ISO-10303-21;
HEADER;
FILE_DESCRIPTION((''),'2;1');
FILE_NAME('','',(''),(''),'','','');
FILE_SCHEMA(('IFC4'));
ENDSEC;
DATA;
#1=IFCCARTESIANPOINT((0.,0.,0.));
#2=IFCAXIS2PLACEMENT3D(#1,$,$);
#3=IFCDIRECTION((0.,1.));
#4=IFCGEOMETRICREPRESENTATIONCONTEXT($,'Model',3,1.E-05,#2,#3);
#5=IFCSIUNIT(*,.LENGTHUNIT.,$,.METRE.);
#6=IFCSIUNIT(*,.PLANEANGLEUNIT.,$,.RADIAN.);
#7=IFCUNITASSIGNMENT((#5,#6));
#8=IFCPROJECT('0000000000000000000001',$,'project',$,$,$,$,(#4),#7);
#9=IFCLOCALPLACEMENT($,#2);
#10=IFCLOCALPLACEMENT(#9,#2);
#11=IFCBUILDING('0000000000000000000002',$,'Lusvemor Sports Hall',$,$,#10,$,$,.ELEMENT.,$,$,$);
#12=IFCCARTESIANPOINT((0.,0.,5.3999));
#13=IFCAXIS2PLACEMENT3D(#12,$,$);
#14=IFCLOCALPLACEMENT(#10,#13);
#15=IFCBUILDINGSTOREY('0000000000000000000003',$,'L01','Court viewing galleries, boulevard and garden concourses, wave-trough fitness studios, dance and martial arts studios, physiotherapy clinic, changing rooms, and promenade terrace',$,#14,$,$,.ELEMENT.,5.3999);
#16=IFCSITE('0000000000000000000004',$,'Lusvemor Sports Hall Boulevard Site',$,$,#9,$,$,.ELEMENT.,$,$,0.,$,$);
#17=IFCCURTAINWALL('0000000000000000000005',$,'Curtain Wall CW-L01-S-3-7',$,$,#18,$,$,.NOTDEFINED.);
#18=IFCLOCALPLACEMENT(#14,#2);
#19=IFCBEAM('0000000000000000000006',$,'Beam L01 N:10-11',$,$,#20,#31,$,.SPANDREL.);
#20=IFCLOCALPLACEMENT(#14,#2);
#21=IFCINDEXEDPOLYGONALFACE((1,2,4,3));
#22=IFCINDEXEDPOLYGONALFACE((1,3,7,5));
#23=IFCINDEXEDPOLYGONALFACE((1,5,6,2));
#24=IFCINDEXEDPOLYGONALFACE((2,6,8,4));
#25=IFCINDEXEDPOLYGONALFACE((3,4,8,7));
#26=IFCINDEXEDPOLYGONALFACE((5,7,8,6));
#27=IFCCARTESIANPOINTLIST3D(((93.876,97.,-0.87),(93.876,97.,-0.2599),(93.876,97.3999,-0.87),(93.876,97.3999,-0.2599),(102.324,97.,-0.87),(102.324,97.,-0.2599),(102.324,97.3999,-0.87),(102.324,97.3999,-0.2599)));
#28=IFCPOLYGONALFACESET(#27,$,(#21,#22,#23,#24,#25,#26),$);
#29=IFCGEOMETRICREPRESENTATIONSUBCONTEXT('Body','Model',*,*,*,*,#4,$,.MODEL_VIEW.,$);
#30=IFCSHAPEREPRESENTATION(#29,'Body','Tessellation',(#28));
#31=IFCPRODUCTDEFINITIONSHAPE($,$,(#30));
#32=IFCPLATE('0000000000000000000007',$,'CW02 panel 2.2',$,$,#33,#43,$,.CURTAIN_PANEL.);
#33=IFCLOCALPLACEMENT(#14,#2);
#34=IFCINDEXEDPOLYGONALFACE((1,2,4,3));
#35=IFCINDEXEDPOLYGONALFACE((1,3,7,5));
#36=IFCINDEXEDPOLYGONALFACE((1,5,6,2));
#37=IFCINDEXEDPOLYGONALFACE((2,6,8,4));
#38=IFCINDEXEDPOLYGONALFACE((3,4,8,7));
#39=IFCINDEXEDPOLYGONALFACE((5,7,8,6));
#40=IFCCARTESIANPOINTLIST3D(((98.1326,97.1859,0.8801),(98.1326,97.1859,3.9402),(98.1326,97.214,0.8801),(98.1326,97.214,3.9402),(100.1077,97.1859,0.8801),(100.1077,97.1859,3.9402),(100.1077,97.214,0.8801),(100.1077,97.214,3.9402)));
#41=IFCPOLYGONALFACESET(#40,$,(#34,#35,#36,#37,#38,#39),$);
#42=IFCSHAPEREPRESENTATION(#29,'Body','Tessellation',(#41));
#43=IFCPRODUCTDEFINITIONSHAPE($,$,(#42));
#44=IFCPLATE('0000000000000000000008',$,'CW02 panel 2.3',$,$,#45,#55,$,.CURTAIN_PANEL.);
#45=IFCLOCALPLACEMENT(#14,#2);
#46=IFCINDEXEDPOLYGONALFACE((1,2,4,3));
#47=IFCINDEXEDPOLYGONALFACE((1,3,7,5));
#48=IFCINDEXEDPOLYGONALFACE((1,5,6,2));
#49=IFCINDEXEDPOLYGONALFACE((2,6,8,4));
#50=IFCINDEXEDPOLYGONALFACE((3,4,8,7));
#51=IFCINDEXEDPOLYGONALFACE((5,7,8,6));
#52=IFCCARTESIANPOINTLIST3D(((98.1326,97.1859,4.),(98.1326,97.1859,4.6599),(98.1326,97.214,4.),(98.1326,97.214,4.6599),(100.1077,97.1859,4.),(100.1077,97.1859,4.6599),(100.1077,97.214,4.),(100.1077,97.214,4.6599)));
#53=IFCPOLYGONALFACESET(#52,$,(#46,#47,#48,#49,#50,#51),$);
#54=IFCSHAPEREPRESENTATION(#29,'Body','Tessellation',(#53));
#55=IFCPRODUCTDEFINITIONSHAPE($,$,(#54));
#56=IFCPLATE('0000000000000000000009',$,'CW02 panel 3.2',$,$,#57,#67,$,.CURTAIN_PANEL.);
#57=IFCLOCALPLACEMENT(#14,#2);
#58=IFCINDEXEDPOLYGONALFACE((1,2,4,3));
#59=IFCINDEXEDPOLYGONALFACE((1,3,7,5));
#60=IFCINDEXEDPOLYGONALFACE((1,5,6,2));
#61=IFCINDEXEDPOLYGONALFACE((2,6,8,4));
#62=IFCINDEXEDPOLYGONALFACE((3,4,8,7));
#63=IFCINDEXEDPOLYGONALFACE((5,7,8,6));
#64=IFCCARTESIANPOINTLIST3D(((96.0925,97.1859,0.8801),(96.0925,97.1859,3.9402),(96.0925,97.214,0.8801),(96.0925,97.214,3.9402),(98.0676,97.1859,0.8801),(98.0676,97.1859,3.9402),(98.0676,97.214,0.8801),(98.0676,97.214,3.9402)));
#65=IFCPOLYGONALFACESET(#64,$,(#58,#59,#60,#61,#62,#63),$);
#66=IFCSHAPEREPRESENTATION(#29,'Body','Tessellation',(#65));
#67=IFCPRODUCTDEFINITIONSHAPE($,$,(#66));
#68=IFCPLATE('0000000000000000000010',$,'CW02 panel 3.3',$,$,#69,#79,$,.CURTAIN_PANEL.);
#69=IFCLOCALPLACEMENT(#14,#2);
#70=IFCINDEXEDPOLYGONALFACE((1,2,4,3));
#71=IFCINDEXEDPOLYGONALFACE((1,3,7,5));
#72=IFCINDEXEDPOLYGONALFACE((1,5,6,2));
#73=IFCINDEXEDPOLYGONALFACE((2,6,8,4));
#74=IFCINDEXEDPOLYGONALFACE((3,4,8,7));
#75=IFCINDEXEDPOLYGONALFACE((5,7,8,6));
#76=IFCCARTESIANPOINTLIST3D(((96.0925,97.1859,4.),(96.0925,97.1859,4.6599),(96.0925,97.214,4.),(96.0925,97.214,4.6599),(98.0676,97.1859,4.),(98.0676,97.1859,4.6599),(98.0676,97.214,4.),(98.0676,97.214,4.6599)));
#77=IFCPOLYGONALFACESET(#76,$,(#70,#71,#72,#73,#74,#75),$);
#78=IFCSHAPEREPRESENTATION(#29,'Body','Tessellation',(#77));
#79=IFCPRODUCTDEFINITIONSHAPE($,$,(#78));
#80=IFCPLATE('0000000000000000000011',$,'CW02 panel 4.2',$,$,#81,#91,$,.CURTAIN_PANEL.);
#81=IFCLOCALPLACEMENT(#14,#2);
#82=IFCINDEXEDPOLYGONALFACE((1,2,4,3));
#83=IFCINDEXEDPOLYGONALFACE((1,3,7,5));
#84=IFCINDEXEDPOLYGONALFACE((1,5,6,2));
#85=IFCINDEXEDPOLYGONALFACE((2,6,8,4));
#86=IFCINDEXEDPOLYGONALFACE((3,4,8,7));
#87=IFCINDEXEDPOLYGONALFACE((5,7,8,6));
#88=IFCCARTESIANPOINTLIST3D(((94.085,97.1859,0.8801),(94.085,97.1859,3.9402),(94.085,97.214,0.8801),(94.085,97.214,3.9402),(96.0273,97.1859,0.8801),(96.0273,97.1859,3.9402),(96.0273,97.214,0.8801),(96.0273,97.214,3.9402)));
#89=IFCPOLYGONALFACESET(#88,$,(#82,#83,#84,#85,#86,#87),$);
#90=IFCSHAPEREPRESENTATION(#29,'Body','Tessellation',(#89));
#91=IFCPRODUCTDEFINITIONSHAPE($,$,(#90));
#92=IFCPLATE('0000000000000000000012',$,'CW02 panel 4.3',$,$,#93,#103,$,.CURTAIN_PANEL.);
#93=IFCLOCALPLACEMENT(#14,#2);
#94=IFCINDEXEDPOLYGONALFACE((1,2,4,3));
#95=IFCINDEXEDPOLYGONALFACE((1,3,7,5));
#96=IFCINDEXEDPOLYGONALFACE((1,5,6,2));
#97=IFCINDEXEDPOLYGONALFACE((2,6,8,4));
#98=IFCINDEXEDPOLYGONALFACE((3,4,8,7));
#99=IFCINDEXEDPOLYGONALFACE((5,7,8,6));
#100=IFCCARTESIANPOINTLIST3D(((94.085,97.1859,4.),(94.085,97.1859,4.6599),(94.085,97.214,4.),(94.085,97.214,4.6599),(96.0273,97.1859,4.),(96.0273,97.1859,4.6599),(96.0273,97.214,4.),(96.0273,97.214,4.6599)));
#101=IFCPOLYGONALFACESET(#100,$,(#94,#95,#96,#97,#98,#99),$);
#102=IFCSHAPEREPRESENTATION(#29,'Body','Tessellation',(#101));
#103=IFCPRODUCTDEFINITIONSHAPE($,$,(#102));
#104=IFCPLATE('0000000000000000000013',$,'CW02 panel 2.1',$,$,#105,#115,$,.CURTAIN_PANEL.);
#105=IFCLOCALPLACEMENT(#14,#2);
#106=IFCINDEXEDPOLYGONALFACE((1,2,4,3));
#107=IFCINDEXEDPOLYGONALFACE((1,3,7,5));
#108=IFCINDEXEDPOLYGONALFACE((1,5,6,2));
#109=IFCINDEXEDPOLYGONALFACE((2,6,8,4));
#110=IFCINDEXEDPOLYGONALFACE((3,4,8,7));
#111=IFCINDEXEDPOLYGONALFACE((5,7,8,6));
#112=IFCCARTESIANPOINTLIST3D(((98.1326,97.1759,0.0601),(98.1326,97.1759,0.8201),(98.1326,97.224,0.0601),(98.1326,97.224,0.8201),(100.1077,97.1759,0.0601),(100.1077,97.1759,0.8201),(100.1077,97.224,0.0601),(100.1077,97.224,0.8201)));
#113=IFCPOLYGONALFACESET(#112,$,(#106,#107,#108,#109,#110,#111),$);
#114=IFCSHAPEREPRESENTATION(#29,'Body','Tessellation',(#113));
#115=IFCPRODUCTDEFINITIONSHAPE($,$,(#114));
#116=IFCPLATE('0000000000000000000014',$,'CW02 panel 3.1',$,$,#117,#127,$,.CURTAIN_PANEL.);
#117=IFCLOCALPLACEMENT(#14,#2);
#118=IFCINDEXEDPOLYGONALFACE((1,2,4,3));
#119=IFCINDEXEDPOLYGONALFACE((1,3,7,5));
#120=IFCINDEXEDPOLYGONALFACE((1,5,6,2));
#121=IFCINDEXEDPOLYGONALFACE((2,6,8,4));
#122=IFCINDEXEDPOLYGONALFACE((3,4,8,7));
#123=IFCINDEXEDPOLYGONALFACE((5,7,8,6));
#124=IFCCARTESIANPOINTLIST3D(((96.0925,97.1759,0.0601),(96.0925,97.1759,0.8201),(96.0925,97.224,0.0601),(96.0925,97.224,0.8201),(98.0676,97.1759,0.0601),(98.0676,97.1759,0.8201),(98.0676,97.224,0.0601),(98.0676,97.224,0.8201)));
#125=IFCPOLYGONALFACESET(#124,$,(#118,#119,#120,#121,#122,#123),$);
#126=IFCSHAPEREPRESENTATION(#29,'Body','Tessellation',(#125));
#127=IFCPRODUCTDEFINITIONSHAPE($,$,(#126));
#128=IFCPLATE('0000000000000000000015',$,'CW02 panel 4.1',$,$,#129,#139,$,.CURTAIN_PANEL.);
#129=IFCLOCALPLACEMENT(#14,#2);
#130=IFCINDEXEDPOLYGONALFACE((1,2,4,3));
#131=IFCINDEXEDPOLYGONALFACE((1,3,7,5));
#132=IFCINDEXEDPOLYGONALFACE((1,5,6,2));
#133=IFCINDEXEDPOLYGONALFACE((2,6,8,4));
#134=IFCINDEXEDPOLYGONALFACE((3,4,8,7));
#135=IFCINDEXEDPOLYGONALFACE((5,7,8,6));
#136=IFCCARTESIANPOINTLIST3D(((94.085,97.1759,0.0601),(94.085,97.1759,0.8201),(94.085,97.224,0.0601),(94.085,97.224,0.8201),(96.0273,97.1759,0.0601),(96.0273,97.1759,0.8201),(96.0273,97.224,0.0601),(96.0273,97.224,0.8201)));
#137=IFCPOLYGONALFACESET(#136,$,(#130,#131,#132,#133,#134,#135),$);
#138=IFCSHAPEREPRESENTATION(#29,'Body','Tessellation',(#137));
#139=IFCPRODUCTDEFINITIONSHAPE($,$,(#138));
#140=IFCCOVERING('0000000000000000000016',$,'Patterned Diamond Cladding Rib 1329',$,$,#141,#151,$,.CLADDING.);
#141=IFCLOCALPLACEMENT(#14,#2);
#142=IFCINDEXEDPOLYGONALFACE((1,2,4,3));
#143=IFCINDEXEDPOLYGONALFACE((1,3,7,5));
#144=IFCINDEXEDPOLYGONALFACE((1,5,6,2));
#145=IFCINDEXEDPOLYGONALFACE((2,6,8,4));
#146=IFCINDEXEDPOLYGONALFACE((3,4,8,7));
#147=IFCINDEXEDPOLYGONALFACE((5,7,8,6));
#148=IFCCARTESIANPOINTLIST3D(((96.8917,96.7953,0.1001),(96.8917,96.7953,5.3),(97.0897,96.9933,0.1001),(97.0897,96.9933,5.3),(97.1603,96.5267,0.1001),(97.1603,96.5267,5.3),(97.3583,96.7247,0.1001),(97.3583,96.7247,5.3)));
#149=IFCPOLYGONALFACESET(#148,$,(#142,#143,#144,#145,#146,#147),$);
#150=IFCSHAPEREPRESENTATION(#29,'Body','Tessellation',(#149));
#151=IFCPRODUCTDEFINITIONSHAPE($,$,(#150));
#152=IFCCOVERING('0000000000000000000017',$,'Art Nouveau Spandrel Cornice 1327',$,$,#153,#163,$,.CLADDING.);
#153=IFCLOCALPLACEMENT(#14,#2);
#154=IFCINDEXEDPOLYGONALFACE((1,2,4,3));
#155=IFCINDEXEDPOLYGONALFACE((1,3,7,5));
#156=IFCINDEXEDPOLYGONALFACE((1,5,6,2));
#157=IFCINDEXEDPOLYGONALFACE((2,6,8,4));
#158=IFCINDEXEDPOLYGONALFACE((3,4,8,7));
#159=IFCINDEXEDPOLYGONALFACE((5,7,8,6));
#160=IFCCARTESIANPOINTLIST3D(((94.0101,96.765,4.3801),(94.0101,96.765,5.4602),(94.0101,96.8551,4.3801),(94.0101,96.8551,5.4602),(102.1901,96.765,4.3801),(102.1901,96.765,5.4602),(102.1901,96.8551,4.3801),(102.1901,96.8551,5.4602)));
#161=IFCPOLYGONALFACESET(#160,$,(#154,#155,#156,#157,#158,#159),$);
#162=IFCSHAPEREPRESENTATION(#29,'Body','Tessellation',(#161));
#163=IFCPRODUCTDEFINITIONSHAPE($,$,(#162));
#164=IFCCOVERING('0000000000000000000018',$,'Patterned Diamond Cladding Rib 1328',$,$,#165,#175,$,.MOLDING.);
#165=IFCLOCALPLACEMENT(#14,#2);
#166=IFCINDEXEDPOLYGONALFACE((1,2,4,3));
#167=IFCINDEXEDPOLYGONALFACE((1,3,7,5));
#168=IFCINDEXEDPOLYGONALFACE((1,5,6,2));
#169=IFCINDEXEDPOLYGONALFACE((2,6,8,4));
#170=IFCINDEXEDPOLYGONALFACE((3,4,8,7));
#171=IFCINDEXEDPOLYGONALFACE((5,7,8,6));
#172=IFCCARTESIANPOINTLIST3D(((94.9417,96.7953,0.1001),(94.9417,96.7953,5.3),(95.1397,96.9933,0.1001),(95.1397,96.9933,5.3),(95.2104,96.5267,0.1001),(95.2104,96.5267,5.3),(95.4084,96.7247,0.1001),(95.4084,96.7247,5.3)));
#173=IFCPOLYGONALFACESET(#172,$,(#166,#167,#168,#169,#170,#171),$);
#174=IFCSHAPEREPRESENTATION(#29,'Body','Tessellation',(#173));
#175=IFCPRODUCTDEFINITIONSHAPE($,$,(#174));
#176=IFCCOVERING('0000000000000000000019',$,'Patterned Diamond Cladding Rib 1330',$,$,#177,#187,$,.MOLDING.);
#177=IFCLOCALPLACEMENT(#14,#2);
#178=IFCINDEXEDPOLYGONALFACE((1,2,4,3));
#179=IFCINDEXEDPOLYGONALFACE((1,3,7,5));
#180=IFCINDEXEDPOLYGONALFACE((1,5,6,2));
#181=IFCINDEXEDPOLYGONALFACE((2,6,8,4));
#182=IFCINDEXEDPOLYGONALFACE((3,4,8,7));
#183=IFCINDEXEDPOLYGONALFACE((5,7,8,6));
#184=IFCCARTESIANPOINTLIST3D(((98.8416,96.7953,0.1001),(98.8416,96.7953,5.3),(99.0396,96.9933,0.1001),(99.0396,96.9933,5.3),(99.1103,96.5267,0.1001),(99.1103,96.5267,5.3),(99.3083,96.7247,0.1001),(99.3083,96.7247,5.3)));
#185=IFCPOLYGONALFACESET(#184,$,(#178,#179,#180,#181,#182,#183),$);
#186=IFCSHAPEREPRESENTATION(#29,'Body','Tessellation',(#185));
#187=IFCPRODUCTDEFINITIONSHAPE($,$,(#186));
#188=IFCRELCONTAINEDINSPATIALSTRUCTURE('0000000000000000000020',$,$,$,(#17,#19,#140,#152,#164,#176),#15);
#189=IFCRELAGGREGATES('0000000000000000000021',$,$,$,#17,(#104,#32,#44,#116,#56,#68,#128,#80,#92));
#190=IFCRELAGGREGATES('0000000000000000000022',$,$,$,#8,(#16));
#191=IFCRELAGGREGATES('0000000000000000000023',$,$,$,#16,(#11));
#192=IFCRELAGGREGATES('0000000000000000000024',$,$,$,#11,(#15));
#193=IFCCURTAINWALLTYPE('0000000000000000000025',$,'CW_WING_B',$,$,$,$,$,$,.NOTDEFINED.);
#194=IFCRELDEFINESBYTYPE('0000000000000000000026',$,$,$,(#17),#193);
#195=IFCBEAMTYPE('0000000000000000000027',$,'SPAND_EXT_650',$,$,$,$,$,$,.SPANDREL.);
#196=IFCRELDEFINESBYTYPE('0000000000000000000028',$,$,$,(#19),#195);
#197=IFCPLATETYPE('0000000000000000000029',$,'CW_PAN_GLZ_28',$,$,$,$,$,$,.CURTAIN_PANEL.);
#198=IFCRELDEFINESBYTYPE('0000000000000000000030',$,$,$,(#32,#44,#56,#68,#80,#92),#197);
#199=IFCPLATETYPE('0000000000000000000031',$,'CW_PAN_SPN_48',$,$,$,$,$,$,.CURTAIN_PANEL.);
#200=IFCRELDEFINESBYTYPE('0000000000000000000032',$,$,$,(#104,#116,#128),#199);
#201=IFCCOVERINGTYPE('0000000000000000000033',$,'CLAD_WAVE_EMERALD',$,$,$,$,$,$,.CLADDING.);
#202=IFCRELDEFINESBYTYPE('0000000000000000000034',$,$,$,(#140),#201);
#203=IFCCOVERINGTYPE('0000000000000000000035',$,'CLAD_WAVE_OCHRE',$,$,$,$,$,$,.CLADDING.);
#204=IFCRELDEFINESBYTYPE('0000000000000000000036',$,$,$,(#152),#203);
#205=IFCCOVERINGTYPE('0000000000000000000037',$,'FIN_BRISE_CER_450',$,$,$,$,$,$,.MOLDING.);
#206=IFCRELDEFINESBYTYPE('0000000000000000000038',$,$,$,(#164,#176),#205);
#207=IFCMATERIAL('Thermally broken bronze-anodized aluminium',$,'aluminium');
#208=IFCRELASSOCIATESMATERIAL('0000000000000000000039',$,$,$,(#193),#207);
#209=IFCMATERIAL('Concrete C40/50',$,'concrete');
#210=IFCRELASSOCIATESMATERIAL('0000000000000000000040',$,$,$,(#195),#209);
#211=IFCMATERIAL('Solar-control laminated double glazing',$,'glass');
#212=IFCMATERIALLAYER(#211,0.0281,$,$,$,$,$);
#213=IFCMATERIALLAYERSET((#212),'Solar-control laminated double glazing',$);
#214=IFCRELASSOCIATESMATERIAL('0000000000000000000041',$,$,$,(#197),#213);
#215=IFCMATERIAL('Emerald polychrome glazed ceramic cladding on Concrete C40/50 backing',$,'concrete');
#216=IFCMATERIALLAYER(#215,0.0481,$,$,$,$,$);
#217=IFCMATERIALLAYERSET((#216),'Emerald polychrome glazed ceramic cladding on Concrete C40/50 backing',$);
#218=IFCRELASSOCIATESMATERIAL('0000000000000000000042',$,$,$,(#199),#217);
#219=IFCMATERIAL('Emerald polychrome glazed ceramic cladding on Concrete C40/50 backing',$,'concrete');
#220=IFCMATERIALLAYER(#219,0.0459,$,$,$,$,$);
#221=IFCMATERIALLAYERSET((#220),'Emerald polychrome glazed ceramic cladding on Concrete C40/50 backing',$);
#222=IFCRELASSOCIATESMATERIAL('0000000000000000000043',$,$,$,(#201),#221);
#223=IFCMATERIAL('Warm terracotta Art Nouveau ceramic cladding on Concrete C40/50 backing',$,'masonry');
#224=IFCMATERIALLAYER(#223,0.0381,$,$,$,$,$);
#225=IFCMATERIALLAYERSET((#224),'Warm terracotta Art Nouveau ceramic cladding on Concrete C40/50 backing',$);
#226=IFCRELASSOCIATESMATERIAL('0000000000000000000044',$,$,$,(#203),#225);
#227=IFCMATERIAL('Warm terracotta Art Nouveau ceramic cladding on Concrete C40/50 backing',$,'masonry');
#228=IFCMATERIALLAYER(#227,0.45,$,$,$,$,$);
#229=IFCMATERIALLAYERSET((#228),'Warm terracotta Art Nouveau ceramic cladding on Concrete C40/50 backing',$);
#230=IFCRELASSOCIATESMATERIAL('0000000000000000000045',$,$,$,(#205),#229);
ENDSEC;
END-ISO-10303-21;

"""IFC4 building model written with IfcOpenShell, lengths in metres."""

from ifc_helpers import new_model, si_unit, direction, frame, origin, origin_2d, place, context, subcontext, project, spatial, rectangle, extrude, material, layer, layer_set, material_profile, profile_set, type_object, element, aggregate, save


model = new_model("IFC4")

# Units and contexts
model_context = context("Model", 3, precision=1e-05, world=origin(), true_north=direction((0.0, 1.0)))
body_context = subcontext(model_context, "Body", "Model", "MODEL_VIEW")
ifc_project = project(units=[si_unit("LENGTHUNIT", "METRE"), si_unit("PLANEANGLEUNIT", "RADIAN")], contexts=[model_context])

# Site, building, storey
site_placement = place(None, origin())
site = spatial("IfcSite", under=ifc_project, at=site_placement, Name="Lusvemor Sports Hall Boulevard Site", CompositionType="ELEMENT", RefElevation=0.0)
building_placement = place(site_placement, origin())
building = spatial("IfcBuilding", under=site, at=building_placement, Name="Lusvemor Sports Hall", CompositionType="ELEMENT")
storey_placement = place(building_placement, frame((0.0, 0.0, 5.3999)))
storey = spatial("IfcBuildingStorey", under=building, at=storey_placement, Name="L01", Description="Court viewing galleries, boulevard and garden concourses, wave-trough fitness studios, dance and martial arts studios, physiotherapy clinic, changing rooms, and promenade terrace", CompositionType="ELEMENT", Elevation=5.3999)

# Curtain wall
ifc_material_1 = material(Name="Thermally broken bronze-anodized aluminium", Category="aluminium")
curtain_wall_type = type_object("IfcCurtainWallType", Name="CW_WING_B", PredefinedType="NOTDEFINED", material=ifc_material_1)
curtain_wall_placement = place(storey_placement, origin())
curtain_wall = element("IfcCurtainWall", 1, at=curtain_wall_placement, inside=storey, type_object=curtain_wall_type, Name="Curtain Wall CW-L01-S-3-7", PredefinedType="NOTDEFINED")

# Beam
ifc_material_2 = material(Name="Concrete C40/50", Category="concrete")
ifc_material_profile_1 = material_profile(ifc_material_2, rectangle(XDim=0.3999, YDim=0.6101, at=origin_2d()), Name="RC400x610")
ifc_profile_set_1 = profile_set([ifc_material_profile_1], Name="Concrete C40/50")
beam_type_1 = type_object("IfcBeamType", Name="SPAND_EXT_650", PredefinedType="SPANDREL", material=ifc_profile_set_1)
beam_1_placement = place(storey_placement, frame((93.876, 97.2, -0.5649), z_axis=(1.0, 0.0, 0.0), x_axis=(0.0, 1.0, 0.0)))
element("IfcBeam", 2, at=beam_1_placement, inside=storey, type_object=beam_type_1, Name="Beam L01 N:10-11", PredefinedType="SPANDREL", context=body_context, shape_type="SweptSolid", body=[
    extrude(rectangle(XDim=0.3999, YDim=0.6101, at=origin_2d()), origin(), (0.0, 0.0, 1.0), 8.448),
])

# Plates
ifc_material_3 = material(Name="Solar-control laminated double glazing", Category="glass")
ifc_layer_1 = layer(ifc_material_3, 0.0281)
ifc_layer_set_1 = layer_set([ifc_layer_1], Name="Solar-control laminated double glazing")
plate_type_1 = type_object("IfcPlateType", Name="CW_PAN_GLZ_28", PredefinedType="CURTAIN_PANEL", material=ifc_layer_set_1)
plate_1_placement = place(storey_placement, frame((99.1201, 97.2, 0.8801), z_axis=(0.0, 0.0, 1.0), x_axis=(-1.0, 0.0, 0.0)))
plate_1 = element("IfcPlate", 3, at=plate_1_placement, type_object=plate_type_1, Name="CW02 panel 2.2", PredefinedType="CURTAIN_PANEL", context=body_context, shape_type="SweptSolid", body=[
    extrude(rectangle(XDim=1.9751, YDim=0.0281, at=origin_2d()), origin(), (0.0, 0.0, 1.0), 3.0601),
])
plate_2_placement = place(storey_placement, frame((99.1201, 97.2, 4.0), z_axis=(0.0, 0.0, 1.0), x_axis=(-1.0, 0.0, 0.0)))
plate_2 = element("IfcPlate", 4, at=plate_2_placement, type_object=plate_type_1, Name="CW02 panel 2.3", PredefinedType="CURTAIN_PANEL", context=body_context, shape_type="SweptSolid", body=[
    extrude(rectangle(XDim=1.9751, YDim=0.0281, at=origin_2d()), origin(), (0.0, 0.0, 1.0), 0.6599),
])
plate_3_placement = place(storey_placement, frame((97.0801, 97.2, 0.8801), z_axis=(0.0, 0.0, 1.0), x_axis=(-1.0, 0.0, 0.0)))
plate_3 = element("IfcPlate", 5, at=plate_3_placement, type_object=plate_type_1, Name="CW02 panel 3.2", PredefinedType="CURTAIN_PANEL", context=body_context, shape_type="SweptSolid", body=[
    extrude(rectangle(XDim=1.9751, YDim=0.0281, at=origin_2d()), origin(), (0.0, 0.0, 1.0), 3.0601),
])
plate_4_placement = place(storey_placement, frame((97.0801, 97.2, 4.0), z_axis=(0.0, 0.0, 1.0), x_axis=(-1.0, 0.0, 0.0)))
plate_4 = element("IfcPlate", 6, at=plate_4_placement, type_object=plate_type_1, Name="CW02 panel 3.3", PredefinedType="CURTAIN_PANEL", context=body_context, shape_type="SweptSolid", body=[
    extrude(rectangle(XDim=1.9751, YDim=0.0281, at=origin_2d()), origin(), (0.0, 0.0, 1.0), 0.6599),
])
plate_5_placement = place(storey_placement, frame((95.0562, 97.2, 0.8801), z_axis=(0.0, 0.0, 1.0), x_axis=(-1.0, 0.0, 0.0)))
plate_5 = element("IfcPlate", 7, at=plate_5_placement, type_object=plate_type_1, Name="CW02 panel 4.2", PredefinedType="CURTAIN_PANEL", context=body_context, shape_type="SweptSolid", body=[
    extrude(rectangle(XDim=1.9424, YDim=0.0281, at=origin_2d()), origin(), (0.0, 0.0, 1.0), 3.0601),
])
plate_6_placement = place(storey_placement, frame((95.0562, 97.2, 4.0), z_axis=(0.0, 0.0, 1.0), x_axis=(-1.0, 0.0, 0.0)))
plate_6 = element("IfcPlate", 8, at=plate_6_placement, type_object=plate_type_1, Name="CW02 panel 4.3", PredefinedType="CURTAIN_PANEL", context=body_context, shape_type="SweptSolid", body=[
    extrude(rectangle(XDim=1.9424, YDim=0.0281, at=origin_2d()), origin(), (0.0, 0.0, 1.0), 0.6599),
])
ifc_material_4 = material(Name="Emerald polychrome glazed ceramic cladding on Concrete C40/50 backing", Category="concrete")
ifc_layer_2 = layer(ifc_material_4, 0.0481)
ifc_layer_set_2 = layer_set([ifc_layer_2], Name="Emerald polychrome glazed ceramic cladding on Concrete C40/50 backing")
plate_type_2 = type_object("IfcPlateType", Name="CW_PAN_SPN_48", PredefinedType="CURTAIN_PANEL", material=ifc_layer_set_2)
plate_7_placement = place(storey_placement, frame((99.1201, 97.2, 0.0601), z_axis=(0.0, 0.0, 1.0), x_axis=(-1.0, 0.0, 0.0)))
plate_7 = element("IfcPlate", 9, at=plate_7_placement, type_object=plate_type_2, Name="CW02 panel 2.1", PredefinedType="CURTAIN_PANEL", context=body_context, shape_type="SweptSolid", body=[
    extrude(rectangle(XDim=1.9751, YDim=0.0481, at=origin_2d()), origin(), (0.0, 0.0, 1.0), 0.76),
])
plate_8_placement = place(storey_placement, frame((97.0801, 97.2, 0.0601), z_axis=(0.0, 0.0, 1.0), x_axis=(-1.0, 0.0, 0.0)))
plate_8 = element("IfcPlate", 10, at=plate_8_placement, type_object=plate_type_2, Name="CW02 panel 3.1", PredefinedType="CURTAIN_PANEL", context=body_context, shape_type="SweptSolid", body=[
    extrude(rectangle(XDim=1.9751, YDim=0.0481, at=origin_2d()), origin(), (0.0, 0.0, 1.0), 0.76),
])
plate_9_placement = place(storey_placement, frame((95.0562, 97.2, 0.0601), z_axis=(0.0, 0.0, 1.0), x_axis=(-1.0, 0.0, 0.0)))
plate_9 = element("IfcPlate", 11, at=plate_9_placement, type_object=plate_type_2, Name="CW02 panel 4.1", PredefinedType="CURTAIN_PANEL", context=body_context, shape_type="SweptSolid", body=[
    extrude(rectangle(XDim=1.9424, YDim=0.0481, at=origin_2d()), origin(), (0.0, 0.0, 1.0), 0.76),
])
aggregate(curtain_wall, [plate_7, plate_1, plate_2, plate_8, plate_3, plate_4, plate_9, plate_5, plate_6])

# Coverings
ifc_material_5 = material(Name="Emerald polychrome glazed ceramic cladding on Concrete C40/50 backing", Category="concrete")
ifc_layer_3 = layer(ifc_material_5, 0.0459)
ifc_layer_set_3 = layer_set([ifc_layer_3], Name="Emerald polychrome glazed ceramic cladding on Concrete C40/50 backing")
covering_type_1 = type_object("IfcCoveringType", Name="CLAD_WAVE_EMERALD", PredefinedType="CLADDING", material=ifc_layer_set_3)
covering_1_placement = place(storey_placement, frame((97.125, 96.76, 0.1001), z_axis=(0.0, 0.0, 1.0), x_axis=(0.707107, 0.707107, 0.0)))
element("IfcCovering", 12, at=covering_1_placement, inside=storey, type_object=covering_type_1, Name="Patterned Diamond Cladding Rib 1329", PredefinedType="CLADDING", context=body_context, shape_type="SweptSolid", body=[
    extrude(rectangle(XDim=0.28, YDim=0.3799, at=origin_2d()), origin(), (0.0, 0.0, 1.0), 5.2),
])
ifc_material_6 = material(Name="Warm terracotta Art Nouveau ceramic cladding on Concrete C40/50 backing", Category="masonry")
ifc_layer_4 = layer(ifc_material_6, 0.0381)
ifc_layer_set_4 = layer_set([ifc_layer_4], Name="Warm terracotta Art Nouveau ceramic cladding on Concrete C40/50 backing")
covering_type_2 = type_object("IfcCoveringType", Name="CLAD_WAVE_OCHRE", PredefinedType="CLADDING", material=ifc_layer_set_4)
covering_2_placement = place(storey_placement, frame((98.1001, 96.8101, 4.3801), z_axis=(0.0, 0.0, 1.0), x_axis=(1.0, 0.0, 0.0)))
element("IfcCovering", 13, at=covering_2_placement, inside=storey, type_object=covering_type_2, Name="Art Nouveau Spandrel Cornice 1327", PredefinedType="CLADDING", context=body_context, shape_type="SweptSolid", body=[
    extrude(rectangle(XDim=8.1799, YDim=0.0901, at=origin_2d()), origin(), (0.0, 0.0, 1.0), 1.0801),
])
ifc_material_7 = material(Name="Warm terracotta Art Nouveau ceramic cladding on Concrete C40/50 backing", Category="masonry")
ifc_layer_5 = layer(ifc_material_7, 0.45)
ifc_layer_set_5 = layer_set([ifc_layer_5], Name="Warm terracotta Art Nouveau ceramic cladding on Concrete C40/50 backing")
covering_type_3 = type_object("IfcCoveringType", Name="FIN_BRISE_CER_450", PredefinedType="MOLDING", material=ifc_layer_set_5)
for number, where, z_axis, x_axis, name in (
    (14, (95.175, 96.76, 0.1001), (0.0, 0.0, 1.0), (0.707107, 0.707107, 0.0), "Patterned Diamond Cladding Rib 1328"),
    (15, (99.075, 96.76, 0.1001), (0.0, 0.0, 1.0), (0.707107, 0.707107, 0.0), "Patterned Diamond Cladding Rib 1330"),
):
    element("IfcCovering", number, at=place(storey_placement, frame(where, z_axis=z_axis, x_axis=x_axis)), inside=storey, type_object=covering_type_3, Name=name, PredefinedType="MOLDING", context=body_context, shape_type="SweptSolid", body=[
        extrude(rectangle(XDim=0.28, YDim=0.3799, at=origin_2d()), origin(), (0.0, 0.0, 1.0), 5.2),
    ])

save(model, "model.ifc")
